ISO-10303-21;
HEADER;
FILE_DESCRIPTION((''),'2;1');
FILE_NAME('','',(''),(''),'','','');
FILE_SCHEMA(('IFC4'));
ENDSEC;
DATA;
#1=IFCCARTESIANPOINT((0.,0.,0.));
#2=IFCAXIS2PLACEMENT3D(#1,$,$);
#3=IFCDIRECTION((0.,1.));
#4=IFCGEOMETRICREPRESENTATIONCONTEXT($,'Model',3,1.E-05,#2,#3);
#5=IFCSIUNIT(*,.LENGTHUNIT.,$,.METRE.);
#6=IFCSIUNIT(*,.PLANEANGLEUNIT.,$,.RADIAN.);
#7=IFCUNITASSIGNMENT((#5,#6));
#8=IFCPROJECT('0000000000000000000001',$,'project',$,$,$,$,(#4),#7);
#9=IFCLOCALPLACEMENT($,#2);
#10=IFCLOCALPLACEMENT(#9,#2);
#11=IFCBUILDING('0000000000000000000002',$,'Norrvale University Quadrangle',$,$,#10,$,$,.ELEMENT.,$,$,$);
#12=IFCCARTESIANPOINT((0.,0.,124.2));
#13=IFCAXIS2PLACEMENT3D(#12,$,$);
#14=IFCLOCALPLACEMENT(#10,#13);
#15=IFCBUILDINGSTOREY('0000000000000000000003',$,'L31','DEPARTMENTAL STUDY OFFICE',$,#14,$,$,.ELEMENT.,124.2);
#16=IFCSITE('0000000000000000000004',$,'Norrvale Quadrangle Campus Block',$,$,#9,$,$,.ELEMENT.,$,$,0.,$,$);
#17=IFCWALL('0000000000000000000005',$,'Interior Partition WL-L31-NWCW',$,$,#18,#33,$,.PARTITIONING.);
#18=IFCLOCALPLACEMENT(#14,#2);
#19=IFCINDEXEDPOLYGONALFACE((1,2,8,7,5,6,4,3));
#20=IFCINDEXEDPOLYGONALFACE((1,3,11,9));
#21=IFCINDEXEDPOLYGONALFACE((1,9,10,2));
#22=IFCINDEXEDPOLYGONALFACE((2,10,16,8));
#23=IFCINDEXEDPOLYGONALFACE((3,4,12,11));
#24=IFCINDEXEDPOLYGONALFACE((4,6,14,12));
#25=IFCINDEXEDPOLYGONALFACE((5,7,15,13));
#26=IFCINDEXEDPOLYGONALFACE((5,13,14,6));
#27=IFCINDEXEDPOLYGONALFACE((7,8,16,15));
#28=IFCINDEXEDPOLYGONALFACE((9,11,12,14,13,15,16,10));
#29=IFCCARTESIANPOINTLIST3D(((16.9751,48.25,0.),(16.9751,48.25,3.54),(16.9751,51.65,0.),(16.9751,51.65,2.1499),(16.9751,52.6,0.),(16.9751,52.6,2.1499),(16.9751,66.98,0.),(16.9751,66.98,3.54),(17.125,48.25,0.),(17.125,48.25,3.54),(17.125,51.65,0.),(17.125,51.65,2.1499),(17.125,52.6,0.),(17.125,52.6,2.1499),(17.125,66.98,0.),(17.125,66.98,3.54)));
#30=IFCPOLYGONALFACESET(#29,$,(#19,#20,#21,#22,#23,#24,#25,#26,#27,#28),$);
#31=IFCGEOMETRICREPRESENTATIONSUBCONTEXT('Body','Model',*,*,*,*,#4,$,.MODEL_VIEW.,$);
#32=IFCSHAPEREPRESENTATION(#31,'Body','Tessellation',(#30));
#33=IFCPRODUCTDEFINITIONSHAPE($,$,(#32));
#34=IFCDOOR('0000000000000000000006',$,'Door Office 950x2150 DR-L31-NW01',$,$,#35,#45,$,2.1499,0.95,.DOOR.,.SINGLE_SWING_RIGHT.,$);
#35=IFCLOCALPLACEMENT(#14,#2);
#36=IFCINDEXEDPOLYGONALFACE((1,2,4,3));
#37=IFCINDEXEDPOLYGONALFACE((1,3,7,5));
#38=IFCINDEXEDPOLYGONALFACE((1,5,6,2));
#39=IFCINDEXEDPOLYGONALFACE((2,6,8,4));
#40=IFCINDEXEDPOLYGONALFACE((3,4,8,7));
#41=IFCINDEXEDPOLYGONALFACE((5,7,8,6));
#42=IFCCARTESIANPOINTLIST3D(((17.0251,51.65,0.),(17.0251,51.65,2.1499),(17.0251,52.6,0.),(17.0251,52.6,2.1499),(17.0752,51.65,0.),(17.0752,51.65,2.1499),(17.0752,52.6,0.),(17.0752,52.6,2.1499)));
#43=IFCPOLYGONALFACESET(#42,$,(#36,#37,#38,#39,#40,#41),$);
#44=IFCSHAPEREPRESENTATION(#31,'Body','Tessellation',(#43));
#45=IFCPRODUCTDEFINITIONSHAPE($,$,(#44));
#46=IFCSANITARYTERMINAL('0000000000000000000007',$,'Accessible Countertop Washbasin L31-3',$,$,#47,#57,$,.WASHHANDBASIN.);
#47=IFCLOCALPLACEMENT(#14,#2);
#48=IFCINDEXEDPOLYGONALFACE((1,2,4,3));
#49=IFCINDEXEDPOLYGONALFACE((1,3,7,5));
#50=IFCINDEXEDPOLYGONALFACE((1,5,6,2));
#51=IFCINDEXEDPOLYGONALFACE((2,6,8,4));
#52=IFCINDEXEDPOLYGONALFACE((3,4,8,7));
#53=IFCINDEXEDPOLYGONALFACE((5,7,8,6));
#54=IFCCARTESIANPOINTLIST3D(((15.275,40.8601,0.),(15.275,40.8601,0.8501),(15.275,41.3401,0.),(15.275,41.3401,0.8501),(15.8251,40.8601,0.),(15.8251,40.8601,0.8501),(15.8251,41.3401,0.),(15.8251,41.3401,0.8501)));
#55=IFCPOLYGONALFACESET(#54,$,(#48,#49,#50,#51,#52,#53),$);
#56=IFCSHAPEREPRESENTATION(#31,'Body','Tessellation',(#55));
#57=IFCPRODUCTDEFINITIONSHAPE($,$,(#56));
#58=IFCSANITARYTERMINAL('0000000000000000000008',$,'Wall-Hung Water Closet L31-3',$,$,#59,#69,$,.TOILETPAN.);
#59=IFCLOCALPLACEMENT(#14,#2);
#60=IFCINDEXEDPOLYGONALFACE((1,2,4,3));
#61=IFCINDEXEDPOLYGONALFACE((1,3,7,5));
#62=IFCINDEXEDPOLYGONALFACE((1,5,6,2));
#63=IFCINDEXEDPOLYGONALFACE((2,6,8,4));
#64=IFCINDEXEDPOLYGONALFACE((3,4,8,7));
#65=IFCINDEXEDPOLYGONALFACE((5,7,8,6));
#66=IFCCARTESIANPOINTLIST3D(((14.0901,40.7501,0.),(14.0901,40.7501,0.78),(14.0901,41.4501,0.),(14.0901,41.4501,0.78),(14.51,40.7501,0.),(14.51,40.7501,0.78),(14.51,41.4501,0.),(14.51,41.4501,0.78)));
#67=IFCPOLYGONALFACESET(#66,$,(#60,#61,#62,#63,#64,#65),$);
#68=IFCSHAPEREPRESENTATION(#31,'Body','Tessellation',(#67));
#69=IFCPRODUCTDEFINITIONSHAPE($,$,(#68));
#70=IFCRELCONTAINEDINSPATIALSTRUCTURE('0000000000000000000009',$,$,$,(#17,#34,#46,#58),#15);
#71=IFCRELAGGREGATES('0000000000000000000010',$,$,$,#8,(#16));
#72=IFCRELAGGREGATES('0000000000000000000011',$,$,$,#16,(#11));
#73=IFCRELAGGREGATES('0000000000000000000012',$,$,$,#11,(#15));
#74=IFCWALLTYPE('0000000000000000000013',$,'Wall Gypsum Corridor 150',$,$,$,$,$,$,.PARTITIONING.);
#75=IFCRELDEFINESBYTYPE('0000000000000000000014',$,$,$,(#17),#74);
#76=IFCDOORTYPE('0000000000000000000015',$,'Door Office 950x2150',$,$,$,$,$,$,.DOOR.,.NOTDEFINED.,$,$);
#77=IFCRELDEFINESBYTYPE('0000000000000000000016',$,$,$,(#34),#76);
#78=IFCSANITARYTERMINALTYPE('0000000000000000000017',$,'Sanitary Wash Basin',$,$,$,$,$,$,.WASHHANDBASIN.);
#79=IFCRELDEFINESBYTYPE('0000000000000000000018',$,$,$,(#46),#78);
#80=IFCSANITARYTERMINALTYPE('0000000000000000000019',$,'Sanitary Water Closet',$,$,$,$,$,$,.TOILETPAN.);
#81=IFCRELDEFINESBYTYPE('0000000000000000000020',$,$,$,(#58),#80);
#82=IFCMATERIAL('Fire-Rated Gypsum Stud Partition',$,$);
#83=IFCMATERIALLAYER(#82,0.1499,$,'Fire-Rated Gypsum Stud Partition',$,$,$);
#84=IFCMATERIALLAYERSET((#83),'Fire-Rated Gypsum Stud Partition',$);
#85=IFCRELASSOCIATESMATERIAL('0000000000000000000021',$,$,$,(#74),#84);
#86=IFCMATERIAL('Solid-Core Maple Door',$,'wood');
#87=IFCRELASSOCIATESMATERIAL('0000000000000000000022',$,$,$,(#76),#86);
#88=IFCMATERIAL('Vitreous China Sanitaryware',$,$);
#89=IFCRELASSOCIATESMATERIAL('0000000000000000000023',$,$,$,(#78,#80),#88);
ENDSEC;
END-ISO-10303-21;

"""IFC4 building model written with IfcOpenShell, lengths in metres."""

from ifc_helpers import new_model, si_unit, direction, frame, frame_2d, origin, origin_2d, place, context, subcontext, project, spatial, rectangle, extrude, material, layer, layer_set, type_object, element, fill, save


model = new_model("IFC4")

# Units and contexts
model_context = context("Model", 3, precision=1e-05, world=origin(), true_north=direction((0.0, 1.0)))
body_context = subcontext(model_context, "Body", "Model", "MODEL_VIEW")
ifc_project = project(units=[si_unit("LENGTHUNIT", "METRE"), si_unit("PLANEANGLEUNIT", "RADIAN")], contexts=[model_context])

# Site, building, storey
site_placement = place(None, origin())
site = spatial("IfcSite", under=ifc_project, at=site_placement, Name="Norrvale Quadrangle Campus Block", CompositionType="ELEMENT", RefElevation=0.0)
building_placement = place(site_placement, origin())
building = spatial("IfcBuilding", under=site, at=building_placement, Name="Norrvale University Quadrangle", CompositionType="ELEMENT")
storey_placement = place(building_placement, frame((0.0, 0.0, 124.2)))
storey = spatial("IfcBuildingStorey", under=building, at=storey_placement, Name="L31", Description="DEPARTMENTAL STUDY OFFICE", CompositionType="ELEMENT", Elevation=124.2)

# Shared definitions
ifc_material_1 = material(Name="Fire-Rated Gypsum Stud Partition")
ifc_layer = layer(ifc_material_1, 0.1499, Name="Fire-Rated Gypsum Stud Partition")
ifc_layer_set = layer_set([ifc_layer], Name="Fire-Rated Gypsum Stud Partition")
wall_type = type_object("IfcWallType", Name="Wall Gypsum Corridor 150", PredefinedType="PARTITIONING", material=ifc_layer_set)

# Wall, opening, door
wall_1_placement = place(storey_placement, frame((17.05, 48.25, 0.0), z_axis=(0.0, 0.0, 1.0), x_axis=(0.0, 1.0, 0.0)))
wall_1 = element("IfcWall", 1, at=wall_1_placement, inside=storey, type_object=wall_type, Name="Interior Partition WL-L31-NWCW", PredefinedType="PARTITIONING", context=body_context, shape_type="SweptSolid", body=[
    extrude(rectangle(XDim=18.73, YDim=0.1499, at=frame_2d((9.365, 0.0))), origin(), (0.0, 0.0, 1.0), 3.54),
])
opening_placement = place(wall_1_placement, frame((3.3999, 0.0, 0.0)))
opening = element("IfcOpeningElement", 2, at=opening_placement, cuts=wall_1, PredefinedType="OPENING", context=body_context, shape_type="SweptSolid", body=[
    extrude(rectangle(XDim=0.95, YDim=2.1499, at=frame_2d((0.4751, 1.075))), frame((0.0, 0.0869, 0.0), z_axis=(0.0, -1.0, 0.0), x_axis=(1.0, 0.0, 0.0)), (0.0, 0.0, 1.0), 0.1738),
])
ifc_material_2 = material(Name="Solid-Core Maple Door", Category="wood")
door_type = type_object("IfcDoorType", Name="Door Office 950x2150", OperationType="NOTDEFINED", PredefinedType="DOOR", material=ifc_material_2)
door_placement = place(opening_placement, origin())
door = element("IfcDoor", 3, at=door_placement, inside=storey, type_object=door_type, Name="Door Office 950x2150 DR-L31-NW01", OperationType="SINGLE_SWING_RIGHT", OverallHeight=2.1499, OverallWidth=0.95, PredefinedType="DOOR", context=body_context, shape_type="SweptSolid", body=[
    extrude(rectangle(XDim=0.95, YDim=2.1499, at=frame_2d((0.4751, 1.075))), frame((0.0, 0.0249, 0.0), z_axis=(0.0, -1.0, 0.0), x_axis=(1.0, 0.0, 0.0)), (0.0, 0.0, 1.0), 0.05),
])
fill(opening, door)

# Sanitary terminals
ifc_material_3 = material(Name="Vitreous China Sanitaryware")
sanitary_terminal_type_1 = type_object("IfcSanitaryTerminalType", Name="Sanitary Wash Basin", PredefinedType="WASHHANDBASIN", material=ifc_material_3)
sanitary_terminal_1_placement = place(storey_placement, frame((15.55, 41.1001, 0.0), z_axis=(0.0, 0.0, 1.0), x_axis=(1.0, 0.0, 0.0)))
element("IfcSanitaryTerminal", 4, at=sanitary_terminal_1_placement, inside=storey, type_object=sanitary_terminal_type_1, Name="Accessible Countertop Washbasin L31-3", PredefinedType="WASHHANDBASIN", context=body_context, shape_type="SweptSolid", body=[
    extrude(rectangle(XDim=0.55, YDim=0.48, at=origin_2d()), origin(), (0.0, 0.0, 1.0), 0.8501),
])
sanitary_terminal_type_2 = type_object("IfcSanitaryTerminalType", Name="Sanitary Water Closet", PredefinedType="TOILETPAN", material=ifc_material_3)
sanitary_terminal_2_placement = place(storey_placement, frame((14.3, 41.1001, 0.0), z_axis=(0.0, 0.0, 1.0), x_axis=(1.0, 0.0, 0.0)))
element("IfcSanitaryTerminal", 5, at=sanitary_terminal_2_placement, inside=storey, type_object=sanitary_terminal_type_2, Name="Wall-Hung Water Closet L31-3", PredefinedType="TOILETPAN", context=body_context, shape_type="SweptSolid", body=[
    extrude(rectangle(XDim=0.4199, YDim=0.7, at=origin_2d()), origin(), (0.0, 0.0, 1.0), 0.78),
])

save(model, "model.ifc")
